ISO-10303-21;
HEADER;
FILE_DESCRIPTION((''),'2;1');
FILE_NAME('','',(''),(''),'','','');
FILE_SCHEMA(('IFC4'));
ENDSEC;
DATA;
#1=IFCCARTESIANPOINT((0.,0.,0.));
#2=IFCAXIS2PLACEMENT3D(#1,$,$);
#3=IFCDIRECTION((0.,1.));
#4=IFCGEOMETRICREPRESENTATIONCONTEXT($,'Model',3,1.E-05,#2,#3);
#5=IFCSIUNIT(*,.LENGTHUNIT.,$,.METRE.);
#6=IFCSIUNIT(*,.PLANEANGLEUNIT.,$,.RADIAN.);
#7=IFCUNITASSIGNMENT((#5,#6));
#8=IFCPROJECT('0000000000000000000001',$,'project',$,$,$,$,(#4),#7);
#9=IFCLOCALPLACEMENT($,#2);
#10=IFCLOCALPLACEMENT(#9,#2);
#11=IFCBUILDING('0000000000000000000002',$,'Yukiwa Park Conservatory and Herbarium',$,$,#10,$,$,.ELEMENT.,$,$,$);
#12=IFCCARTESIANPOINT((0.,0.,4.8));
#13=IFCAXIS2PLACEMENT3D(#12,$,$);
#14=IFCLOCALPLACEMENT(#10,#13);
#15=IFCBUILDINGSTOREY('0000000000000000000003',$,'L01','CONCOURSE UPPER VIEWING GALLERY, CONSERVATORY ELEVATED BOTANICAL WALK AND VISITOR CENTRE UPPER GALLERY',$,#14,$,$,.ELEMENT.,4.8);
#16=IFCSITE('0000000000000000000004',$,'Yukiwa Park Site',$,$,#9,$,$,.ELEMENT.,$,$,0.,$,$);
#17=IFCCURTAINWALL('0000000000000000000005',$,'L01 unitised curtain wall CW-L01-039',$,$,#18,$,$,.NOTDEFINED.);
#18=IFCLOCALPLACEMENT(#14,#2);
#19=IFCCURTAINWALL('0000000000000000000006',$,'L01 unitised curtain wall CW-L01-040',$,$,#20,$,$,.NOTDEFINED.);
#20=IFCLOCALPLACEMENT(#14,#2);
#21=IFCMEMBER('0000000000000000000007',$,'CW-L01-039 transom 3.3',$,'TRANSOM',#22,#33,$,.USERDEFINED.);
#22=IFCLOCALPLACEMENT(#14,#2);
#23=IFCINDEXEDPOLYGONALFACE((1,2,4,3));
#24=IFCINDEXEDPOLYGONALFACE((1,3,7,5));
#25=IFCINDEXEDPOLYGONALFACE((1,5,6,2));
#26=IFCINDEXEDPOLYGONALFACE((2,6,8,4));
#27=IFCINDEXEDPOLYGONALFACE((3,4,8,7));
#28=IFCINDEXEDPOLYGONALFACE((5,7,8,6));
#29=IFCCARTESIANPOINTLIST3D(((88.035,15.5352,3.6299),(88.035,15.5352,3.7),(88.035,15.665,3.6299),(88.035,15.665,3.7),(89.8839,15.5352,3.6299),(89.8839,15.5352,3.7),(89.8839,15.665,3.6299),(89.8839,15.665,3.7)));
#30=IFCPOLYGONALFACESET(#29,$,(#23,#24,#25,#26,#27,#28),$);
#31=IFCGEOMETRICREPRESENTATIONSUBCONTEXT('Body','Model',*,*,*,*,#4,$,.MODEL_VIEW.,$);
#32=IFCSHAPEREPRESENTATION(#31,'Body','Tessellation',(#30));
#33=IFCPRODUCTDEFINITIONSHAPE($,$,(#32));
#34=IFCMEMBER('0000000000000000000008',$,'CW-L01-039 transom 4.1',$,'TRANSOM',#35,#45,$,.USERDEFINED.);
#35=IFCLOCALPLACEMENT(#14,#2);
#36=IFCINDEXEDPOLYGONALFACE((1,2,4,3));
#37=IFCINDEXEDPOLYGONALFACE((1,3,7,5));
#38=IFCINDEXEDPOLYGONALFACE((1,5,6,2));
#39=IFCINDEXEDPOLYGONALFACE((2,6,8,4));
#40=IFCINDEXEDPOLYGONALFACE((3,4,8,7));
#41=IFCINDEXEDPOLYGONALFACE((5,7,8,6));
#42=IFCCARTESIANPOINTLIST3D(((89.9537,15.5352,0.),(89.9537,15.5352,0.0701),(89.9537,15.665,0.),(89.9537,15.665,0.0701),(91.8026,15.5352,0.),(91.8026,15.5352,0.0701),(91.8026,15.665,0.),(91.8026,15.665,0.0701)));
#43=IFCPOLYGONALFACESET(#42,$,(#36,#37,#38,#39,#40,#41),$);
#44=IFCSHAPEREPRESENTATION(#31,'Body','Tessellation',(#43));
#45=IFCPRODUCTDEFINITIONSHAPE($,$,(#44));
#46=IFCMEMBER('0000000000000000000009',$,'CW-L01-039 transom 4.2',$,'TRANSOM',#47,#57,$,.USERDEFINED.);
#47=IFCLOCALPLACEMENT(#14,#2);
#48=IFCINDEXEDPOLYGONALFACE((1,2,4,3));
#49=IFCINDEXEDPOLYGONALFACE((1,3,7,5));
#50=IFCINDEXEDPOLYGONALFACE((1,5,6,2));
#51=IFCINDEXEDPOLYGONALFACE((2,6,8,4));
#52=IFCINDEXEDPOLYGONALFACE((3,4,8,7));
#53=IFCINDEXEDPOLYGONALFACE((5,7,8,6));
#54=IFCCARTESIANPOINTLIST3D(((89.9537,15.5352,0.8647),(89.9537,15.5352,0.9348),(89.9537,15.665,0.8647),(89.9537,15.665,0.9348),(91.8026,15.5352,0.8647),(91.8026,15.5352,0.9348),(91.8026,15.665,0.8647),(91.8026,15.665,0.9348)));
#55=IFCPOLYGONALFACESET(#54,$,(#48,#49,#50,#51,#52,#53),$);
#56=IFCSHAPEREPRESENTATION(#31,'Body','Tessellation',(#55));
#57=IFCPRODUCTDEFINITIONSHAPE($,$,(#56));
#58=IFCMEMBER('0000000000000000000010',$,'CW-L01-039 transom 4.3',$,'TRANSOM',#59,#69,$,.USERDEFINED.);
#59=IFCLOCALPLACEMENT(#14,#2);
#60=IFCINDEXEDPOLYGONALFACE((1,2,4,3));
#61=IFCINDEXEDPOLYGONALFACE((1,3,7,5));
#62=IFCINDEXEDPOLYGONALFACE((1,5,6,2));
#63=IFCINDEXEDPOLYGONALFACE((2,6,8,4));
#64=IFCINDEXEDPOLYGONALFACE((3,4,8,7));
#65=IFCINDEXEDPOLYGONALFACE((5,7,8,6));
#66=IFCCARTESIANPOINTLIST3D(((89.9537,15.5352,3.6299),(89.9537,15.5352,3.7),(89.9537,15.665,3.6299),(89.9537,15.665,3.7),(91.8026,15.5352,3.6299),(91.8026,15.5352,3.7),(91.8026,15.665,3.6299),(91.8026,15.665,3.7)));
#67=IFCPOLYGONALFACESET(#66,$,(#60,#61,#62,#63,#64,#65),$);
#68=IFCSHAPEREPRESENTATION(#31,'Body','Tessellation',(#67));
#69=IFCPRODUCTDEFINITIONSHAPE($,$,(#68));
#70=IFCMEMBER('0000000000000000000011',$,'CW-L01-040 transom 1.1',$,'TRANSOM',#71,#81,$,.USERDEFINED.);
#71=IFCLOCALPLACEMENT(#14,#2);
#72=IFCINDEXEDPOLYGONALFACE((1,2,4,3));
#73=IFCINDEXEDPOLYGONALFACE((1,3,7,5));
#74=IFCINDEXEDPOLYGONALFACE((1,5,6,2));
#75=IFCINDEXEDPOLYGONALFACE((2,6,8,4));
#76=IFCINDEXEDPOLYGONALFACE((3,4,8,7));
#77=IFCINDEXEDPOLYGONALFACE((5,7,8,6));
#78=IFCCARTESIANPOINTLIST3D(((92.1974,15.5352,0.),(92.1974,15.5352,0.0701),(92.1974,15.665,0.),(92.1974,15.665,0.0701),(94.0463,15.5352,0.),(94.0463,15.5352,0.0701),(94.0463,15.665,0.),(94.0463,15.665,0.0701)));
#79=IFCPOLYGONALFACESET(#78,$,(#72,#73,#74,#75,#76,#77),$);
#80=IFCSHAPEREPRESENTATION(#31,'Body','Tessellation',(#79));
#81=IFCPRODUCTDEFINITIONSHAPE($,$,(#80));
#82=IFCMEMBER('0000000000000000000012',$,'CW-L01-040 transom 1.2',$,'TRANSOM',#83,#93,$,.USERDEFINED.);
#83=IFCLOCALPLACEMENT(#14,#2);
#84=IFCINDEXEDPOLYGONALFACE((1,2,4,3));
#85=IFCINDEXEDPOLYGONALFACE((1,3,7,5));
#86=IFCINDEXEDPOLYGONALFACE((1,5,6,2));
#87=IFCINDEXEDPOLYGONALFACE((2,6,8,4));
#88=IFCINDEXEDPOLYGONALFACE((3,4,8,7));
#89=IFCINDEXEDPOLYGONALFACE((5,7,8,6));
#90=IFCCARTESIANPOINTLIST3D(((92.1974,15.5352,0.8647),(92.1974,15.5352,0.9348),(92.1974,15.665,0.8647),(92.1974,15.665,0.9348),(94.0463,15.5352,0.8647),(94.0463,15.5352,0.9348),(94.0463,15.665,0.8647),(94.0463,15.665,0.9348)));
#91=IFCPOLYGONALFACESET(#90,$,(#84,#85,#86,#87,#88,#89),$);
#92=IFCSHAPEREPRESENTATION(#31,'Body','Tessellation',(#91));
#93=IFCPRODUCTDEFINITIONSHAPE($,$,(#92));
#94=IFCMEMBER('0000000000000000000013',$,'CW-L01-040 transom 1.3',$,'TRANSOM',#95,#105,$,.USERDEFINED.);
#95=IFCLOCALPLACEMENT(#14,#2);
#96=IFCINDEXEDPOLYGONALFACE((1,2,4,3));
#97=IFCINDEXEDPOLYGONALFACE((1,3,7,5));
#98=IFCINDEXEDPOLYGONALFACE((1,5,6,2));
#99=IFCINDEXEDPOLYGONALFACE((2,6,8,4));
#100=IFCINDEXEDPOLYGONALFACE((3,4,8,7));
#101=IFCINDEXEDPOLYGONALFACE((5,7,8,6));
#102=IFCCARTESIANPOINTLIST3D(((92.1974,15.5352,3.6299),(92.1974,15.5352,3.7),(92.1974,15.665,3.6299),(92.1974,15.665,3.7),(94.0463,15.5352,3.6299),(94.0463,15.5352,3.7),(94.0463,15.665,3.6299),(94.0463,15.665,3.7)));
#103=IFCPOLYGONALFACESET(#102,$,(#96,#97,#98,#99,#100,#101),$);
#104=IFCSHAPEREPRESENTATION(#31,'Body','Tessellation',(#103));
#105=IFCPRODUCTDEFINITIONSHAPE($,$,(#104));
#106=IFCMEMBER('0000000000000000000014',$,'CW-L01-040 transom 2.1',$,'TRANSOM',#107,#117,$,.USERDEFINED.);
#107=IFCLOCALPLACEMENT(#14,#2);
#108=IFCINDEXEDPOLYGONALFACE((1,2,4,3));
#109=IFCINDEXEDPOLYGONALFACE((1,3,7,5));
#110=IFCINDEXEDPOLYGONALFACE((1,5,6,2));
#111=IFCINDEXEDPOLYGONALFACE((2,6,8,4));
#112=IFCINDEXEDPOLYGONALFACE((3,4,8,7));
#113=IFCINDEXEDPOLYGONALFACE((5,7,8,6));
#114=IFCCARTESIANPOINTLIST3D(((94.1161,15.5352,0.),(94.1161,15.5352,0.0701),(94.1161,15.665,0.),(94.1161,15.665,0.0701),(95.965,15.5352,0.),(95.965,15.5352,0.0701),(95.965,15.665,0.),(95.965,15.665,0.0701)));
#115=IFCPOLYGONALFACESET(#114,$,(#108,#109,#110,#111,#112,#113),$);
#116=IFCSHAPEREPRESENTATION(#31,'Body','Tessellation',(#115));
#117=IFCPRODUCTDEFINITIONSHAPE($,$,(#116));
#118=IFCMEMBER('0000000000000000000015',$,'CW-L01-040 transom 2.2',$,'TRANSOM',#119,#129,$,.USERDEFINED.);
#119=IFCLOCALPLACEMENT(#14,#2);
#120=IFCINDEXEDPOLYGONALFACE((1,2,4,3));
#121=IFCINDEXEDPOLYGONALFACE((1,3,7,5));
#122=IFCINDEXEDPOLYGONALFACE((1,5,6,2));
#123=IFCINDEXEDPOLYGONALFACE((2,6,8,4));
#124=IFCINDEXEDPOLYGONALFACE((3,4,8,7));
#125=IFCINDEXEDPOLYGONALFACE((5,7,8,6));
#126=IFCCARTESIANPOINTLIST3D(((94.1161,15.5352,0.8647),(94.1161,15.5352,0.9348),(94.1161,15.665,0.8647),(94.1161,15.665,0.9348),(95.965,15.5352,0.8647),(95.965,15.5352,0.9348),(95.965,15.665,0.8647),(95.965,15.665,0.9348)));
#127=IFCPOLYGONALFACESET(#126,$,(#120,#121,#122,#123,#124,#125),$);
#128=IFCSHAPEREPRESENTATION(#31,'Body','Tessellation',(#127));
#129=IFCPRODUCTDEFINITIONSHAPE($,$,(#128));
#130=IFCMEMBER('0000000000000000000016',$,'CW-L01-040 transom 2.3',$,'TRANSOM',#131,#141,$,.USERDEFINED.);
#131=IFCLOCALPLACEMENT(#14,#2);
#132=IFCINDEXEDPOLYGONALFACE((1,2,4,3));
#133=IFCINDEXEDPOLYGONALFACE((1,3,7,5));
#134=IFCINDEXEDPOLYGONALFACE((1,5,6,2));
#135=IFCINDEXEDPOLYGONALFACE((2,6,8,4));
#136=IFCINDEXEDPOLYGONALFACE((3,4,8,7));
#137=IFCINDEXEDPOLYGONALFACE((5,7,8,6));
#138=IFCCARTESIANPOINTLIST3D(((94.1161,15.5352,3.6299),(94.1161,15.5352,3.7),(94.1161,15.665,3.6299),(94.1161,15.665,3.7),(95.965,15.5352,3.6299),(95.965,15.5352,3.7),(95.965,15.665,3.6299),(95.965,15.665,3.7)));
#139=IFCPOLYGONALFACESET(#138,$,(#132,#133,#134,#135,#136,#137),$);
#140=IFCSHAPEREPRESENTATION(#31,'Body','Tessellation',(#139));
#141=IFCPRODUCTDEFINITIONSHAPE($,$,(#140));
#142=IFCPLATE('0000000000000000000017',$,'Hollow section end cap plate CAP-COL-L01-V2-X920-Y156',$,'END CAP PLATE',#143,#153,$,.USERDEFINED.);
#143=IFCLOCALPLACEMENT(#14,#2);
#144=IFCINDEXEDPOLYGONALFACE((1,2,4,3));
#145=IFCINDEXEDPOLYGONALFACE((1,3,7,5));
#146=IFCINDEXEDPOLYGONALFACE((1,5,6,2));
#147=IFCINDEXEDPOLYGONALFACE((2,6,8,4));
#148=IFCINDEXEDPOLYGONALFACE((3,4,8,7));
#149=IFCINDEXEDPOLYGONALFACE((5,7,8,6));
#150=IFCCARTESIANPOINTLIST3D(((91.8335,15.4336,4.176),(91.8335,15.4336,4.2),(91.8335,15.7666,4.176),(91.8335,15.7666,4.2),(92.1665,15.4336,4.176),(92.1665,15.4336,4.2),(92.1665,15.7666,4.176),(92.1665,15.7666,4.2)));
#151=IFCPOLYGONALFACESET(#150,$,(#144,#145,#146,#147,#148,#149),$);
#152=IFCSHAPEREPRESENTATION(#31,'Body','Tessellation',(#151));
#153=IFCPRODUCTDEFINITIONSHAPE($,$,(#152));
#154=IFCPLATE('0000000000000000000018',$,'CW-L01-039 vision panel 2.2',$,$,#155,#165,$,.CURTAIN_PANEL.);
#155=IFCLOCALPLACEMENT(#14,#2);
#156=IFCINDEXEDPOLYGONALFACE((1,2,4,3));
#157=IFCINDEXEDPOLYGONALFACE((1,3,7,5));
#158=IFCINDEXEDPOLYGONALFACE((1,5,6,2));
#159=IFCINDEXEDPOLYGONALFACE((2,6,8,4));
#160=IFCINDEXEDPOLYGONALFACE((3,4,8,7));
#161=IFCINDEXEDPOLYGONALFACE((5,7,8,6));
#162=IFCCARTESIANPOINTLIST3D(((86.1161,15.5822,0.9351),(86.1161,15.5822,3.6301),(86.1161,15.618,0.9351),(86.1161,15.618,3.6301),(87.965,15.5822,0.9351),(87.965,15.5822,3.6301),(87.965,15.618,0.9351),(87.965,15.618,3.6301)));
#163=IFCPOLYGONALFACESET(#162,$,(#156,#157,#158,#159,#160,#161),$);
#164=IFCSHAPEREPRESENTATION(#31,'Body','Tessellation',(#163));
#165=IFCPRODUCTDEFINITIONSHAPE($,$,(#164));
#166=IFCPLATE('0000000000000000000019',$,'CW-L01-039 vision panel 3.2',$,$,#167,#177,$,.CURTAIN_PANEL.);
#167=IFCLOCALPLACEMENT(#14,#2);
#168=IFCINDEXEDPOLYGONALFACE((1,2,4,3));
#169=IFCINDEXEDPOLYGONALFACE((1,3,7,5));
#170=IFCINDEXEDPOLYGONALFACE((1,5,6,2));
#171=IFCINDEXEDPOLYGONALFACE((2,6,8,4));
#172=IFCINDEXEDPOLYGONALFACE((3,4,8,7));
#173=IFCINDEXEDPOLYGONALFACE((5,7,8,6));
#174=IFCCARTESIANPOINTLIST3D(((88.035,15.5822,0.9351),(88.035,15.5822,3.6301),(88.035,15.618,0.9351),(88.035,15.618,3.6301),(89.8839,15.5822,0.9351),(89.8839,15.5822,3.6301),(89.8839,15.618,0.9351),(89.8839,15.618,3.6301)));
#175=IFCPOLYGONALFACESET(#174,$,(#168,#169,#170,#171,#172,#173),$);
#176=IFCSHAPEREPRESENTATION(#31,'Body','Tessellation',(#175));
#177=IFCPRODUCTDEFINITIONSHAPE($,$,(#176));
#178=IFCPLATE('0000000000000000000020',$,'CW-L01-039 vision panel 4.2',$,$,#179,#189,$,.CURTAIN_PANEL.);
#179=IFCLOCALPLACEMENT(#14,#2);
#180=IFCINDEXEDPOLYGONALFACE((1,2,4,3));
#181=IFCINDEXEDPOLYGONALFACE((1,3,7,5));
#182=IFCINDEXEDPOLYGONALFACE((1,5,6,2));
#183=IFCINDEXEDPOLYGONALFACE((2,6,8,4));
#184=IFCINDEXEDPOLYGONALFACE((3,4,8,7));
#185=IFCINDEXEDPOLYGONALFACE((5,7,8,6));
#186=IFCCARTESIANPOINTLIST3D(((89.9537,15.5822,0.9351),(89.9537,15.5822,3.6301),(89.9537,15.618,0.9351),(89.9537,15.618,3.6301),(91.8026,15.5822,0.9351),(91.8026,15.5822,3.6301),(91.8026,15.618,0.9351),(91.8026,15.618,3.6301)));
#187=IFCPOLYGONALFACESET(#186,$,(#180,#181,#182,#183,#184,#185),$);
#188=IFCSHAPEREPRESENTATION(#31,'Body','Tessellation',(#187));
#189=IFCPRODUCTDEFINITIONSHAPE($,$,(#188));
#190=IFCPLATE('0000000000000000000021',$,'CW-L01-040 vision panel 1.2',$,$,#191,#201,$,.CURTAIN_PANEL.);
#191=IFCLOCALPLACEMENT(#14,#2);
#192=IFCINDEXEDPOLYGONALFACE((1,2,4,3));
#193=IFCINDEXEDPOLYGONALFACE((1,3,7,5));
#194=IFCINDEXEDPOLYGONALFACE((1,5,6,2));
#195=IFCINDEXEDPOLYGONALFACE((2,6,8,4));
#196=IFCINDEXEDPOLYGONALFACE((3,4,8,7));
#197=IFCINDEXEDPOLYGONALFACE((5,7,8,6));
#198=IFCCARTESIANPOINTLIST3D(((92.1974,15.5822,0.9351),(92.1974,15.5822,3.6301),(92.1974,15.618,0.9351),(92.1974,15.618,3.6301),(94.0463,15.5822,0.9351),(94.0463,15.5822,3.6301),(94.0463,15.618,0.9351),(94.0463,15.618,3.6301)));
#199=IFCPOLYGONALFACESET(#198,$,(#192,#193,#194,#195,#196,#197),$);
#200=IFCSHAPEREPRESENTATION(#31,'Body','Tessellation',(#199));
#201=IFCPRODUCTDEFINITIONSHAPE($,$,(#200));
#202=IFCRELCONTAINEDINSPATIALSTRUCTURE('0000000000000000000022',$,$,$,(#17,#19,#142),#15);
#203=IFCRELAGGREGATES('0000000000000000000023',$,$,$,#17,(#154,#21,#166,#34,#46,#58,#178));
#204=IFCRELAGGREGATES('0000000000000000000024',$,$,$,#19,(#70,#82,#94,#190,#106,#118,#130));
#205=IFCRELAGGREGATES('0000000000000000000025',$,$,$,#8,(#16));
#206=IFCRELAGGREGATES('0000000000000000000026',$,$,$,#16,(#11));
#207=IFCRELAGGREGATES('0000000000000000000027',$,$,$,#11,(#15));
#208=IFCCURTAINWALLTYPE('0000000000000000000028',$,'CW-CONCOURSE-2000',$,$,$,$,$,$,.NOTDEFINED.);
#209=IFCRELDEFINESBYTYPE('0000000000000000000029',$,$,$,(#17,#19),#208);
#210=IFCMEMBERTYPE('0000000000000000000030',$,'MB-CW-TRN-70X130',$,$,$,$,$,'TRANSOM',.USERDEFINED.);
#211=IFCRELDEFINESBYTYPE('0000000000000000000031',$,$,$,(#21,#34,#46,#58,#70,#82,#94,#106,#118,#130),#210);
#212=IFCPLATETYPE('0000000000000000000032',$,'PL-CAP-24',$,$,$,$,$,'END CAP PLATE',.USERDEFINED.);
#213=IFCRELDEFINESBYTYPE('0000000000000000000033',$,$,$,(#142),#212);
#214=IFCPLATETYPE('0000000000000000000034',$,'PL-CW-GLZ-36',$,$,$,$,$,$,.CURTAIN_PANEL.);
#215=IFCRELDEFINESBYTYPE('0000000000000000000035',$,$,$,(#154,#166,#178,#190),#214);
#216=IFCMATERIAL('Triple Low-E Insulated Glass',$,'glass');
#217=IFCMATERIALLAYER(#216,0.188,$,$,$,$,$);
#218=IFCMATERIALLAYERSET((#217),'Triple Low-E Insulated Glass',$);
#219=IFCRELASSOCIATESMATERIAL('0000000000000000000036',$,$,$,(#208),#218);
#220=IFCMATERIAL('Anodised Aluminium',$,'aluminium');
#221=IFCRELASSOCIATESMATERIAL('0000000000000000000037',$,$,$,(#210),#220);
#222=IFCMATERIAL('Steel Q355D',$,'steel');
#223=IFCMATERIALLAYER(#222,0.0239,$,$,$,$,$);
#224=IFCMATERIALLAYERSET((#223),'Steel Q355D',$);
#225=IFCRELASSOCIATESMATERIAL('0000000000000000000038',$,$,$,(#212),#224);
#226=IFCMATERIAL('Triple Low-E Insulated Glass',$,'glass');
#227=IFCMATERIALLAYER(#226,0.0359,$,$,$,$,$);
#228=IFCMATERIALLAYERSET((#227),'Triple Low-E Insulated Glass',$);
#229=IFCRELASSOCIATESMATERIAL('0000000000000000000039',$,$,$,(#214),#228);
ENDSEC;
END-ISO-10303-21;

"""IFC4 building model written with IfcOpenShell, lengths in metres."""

from ifc_helpers import new_model, si_unit, direction, frame, origin, origin_2d, place, context, subcontext, project, spatial, rectangle, extrude, material, layer, layer_set, type_object, element, aggregate, save


model = new_model("IFC4")

# Units and contexts
model_context = context("Model", 3, precision=1e-05, world=origin(), true_north=direction((0.0, 1.0)))
body_context = subcontext(model_context, "Body", "Model", "MODEL_VIEW")
ifc_project = project(units=[si_unit("LENGTHUNIT", "METRE"), si_unit("PLANEANGLEUNIT", "RADIAN")], contexts=[model_context])

# Site, building, storey
site_placement = place(None, origin())
site = spatial("IfcSite", under=ifc_project, at=site_placement, Name="Yukiwa Park Site", CompositionType="ELEMENT", RefElevation=0.0)
building_placement = place(site_placement, origin())
building = spatial("IfcBuilding", under=site, at=building_placement, Name="Yukiwa Park Conservatory and Herbarium", CompositionType="ELEMENT")
storey_placement = place(building_placement, frame((0.0, 0.0, 4.8)))
storey = spatial("IfcBuildingStorey", under=building, at=storey_placement, Name="L01", Description="CONCOURSE UPPER VIEWING GALLERY, CONSERVATORY ELEVATED BOTANICAL WALK AND VISITOR CENTRE UPPER GALLERY", CompositionType="ELEMENT", Elevation=4.8)

# Curtain walls
ifc_material_1 = material(Name="Triple Low-E Insulated Glass", Category="glass")
ifc_layer_1 = layer(ifc_material_1, 0.188)
ifc_layer_set_1 = layer_set([ifc_layer_1], Name="Triple Low-E Insulated Glass")
curtain_wall_type = type_object("IfcCurtainWallType", Name="CW-CONCOURSE-2000", PredefinedType="NOTDEFINED", material=ifc_layer_set_1)
curtain_wall_1_placement = place(storey_placement, origin())
curtain_wall_1 = element("IfcCurtainWall", 1, at=curtain_wall_1_placement, inside=storey, type_object=curtain_wall_type, Name="L01 unitised curtain wall CW-L01-039", PredefinedType="NOTDEFINED")
curtain_wall_2_placement = place(storey_placement, origin())
curtain_wall_2 = element("IfcCurtainWall", 2, at=curtain_wall_2_placement, inside=storey, type_object=curtain_wall_type, Name="L01 unitised curtain wall CW-L01-040", PredefinedType="NOTDEFINED")

# Members
ifc_material_2 = material(Name="Anodised Aluminium", Category="aluminium")
member_type_1 = type_object("IfcMemberType", Name="MB-CW-TRN-70X130", ElementType="TRANSOM", PredefinedType="USERDEFINED", material=ifc_material_2)
member_1_placement = place(storey_placement, frame((88.9595, 15.6001, 3.6299), z_axis=(0.0, 0.0, 1.0), x_axis=(1.0, 0.0, 0.0)))
member_1 = element("IfcMember", 3, at=member_1_placement, type_object=member_type_1, Name="CW-L01-039 transom 3.3", ObjectType="TRANSOM", PredefinedType="USERDEFINED", context=body_context, shape_type="SweptSolid", body=[
    extrude(rectangle(XDim=1.8489, YDim=0.1299, at=origin_2d()), origin(), (0.0, 0.0, 1.0), 0.0701),
])
member_2_placement = place(storey_placement, frame((90.8782, 15.6001, 0.0), z_axis=(0.0, 0.0, 1.0), x_axis=(1.0, 0.0, 0.0)))
member_2 = element("IfcMember", 4, at=member_2_placement, type_object=member_type_1, Name="CW-L01-039 transom 4.1", ObjectType="TRANSOM", PredefinedType="USERDEFINED", context=body_context, shape_type="SweptSolid", body=[
    extrude(rectangle(XDim=1.8489, YDim=0.1299, at=origin_2d()), origin(), (0.0, 0.0, 1.0), 0.0701),
])
member_3_placement = place(storey_placement, frame((90.8782, 15.6001, 0.8647), z_axis=(0.0, 0.0, 1.0), x_axis=(1.0, 0.0, 0.0)))
member_3 = element("IfcMember", 5, at=member_3_placement, type_object=member_type_1, Name="CW-L01-039 transom 4.2", ObjectType="TRANSOM", PredefinedType="USERDEFINED", context=body_context, shape_type="SweptSolid", body=[
    extrude(rectangle(XDim=1.8489, YDim=0.1299, at=origin_2d()), origin(), (0.0, 0.0, 1.0), 0.0701),
])
member_4_placement = place(storey_placement, frame((90.8782, 15.6001, 3.6299), z_axis=(0.0, 0.0, 1.0), x_axis=(1.0, 0.0, 0.0)))
member_4 = element("IfcMember", 6, at=member_4_placement, type_object=member_type_1, Name="CW-L01-039 transom 4.3", ObjectType="TRANSOM", PredefinedType="USERDEFINED", context=body_context, shape_type="SweptSolid", body=[
    extrude(rectangle(XDim=1.8489, YDim=0.1299, at=origin_2d()), origin(), (0.0, 0.0, 1.0), 0.0701),
])
member_5_placement = place(storey_placement, frame((93.1218, 15.6001, 0.0), z_axis=(0.0, 0.0, 1.0), x_axis=(1.0, 0.0, 0.0)))
member_5 = element("IfcMember", 7, at=member_5_placement, type_object=member_type_1, Name="CW-L01-040 transom 1.1", ObjectType="TRANSOM", PredefinedType="USERDEFINED", context=body_context, shape_type="SweptSolid", body=[
    extrude(rectangle(XDim=1.8489, YDim=0.1299, at=origin_2d()), origin(), (0.0, 0.0, 1.0), 0.0701),
])
member_6_placement = place(storey_placement, frame((93.1218, 15.6001, 0.8647), z_axis=(0.0, 0.0, 1.0), x_axis=(1.0, 0.0, 0.0)))
member_6 = element("IfcMember", 8, at=member_6_placement, type_object=member_type_1, Name="CW-L01-040 transom 1.2", ObjectType="TRANSOM", PredefinedType="USERDEFINED", context=body_context, shape_type="SweptSolid", body=[
    extrude(rectangle(XDim=1.8489, YDim=0.1299, at=origin_2d()), origin(), (0.0, 0.0, 1.0), 0.0701),
])
member_7_placement = place(storey_placement, frame((93.1218, 15.6001, 3.6299), z_axis=(0.0, 0.0, 1.0), x_axis=(1.0, 0.0, 0.0)))
member_7 = element("IfcMember", 9, at=member_7_placement, type_object=member_type_1, Name="CW-L01-040 transom 1.3", ObjectType="TRANSOM", PredefinedType="USERDEFINED", context=body_context, shape_type="SweptSolid", body=[
    extrude(rectangle(XDim=1.8489, YDim=0.1299, at=origin_2d()), origin(), (0.0, 0.0, 1.0), 0.0701),
])
member_8_placement = place(storey_placement, frame((95.0405, 15.6001, 0.0), z_axis=(0.0, 0.0, 1.0), x_axis=(1.0, 0.0, 0.0)))
member_8 = element("IfcMember", 10, at=member_8_placement, type_object=member_type_1, Name="CW-L01-040 transom 2.1", ObjectType="TRANSOM", PredefinedType="USERDEFINED", context=body_context, shape_type="SweptSolid", body=[
    extrude(rectangle(XDim=1.8489, YDim=0.1299, at=origin_2d()), origin(), (0.0, 0.0, 1.0), 0.0701),
])
member_9_placement = place(storey_placement, frame((95.0405, 15.6001, 0.8647), z_axis=(0.0, 0.0, 1.0), x_axis=(1.0, 0.0, 0.0)))
member_9 = element("IfcMember", 11, at=member_9_placement, type_object=member_type_1, Name="CW-L01-040 transom 2.2", ObjectType="TRANSOM", PredefinedType="USERDEFINED", context=body_context, shape_type="SweptSolid", body=[
    extrude(rectangle(XDim=1.8489, YDim=0.1299, at=origin_2d()), origin(), (0.0, 0.0, 1.0), 0.0701),
])
member_10_placement = place(storey_placement, frame((95.0405, 15.6001, 3.6299), z_axis=(0.0, 0.0, 1.0), x_axis=(1.0, 0.0, 0.0)))
member_10 = element("IfcMember", 12, at=member_10_placement, type_object=member_type_1, Name="CW-L01-040 transom 2.3", ObjectType="TRANSOM", PredefinedType="USERDEFINED", context=body_context, shape_type="SweptSolid", body=[
    extrude(rectangle(XDim=1.8489, YDim=0.1299, at=origin_2d()), origin(), (0.0, 0.0, 1.0), 0.0701),
])

# Plates
ifc_material_3 = material(Name="Steel Q355D", Category="steel")
ifc_layer_2 = layer(ifc_material_3, 0.0239)
ifc_layer_set_2 = layer_set([ifc_layer_2], Name="Steel Q355D")
plate_type_1 = type_object("IfcPlateType", Name="PL-CAP-24", ElementType="END CAP PLATE", PredefinedType="USERDEFINED", material=ifc_layer_set_2)
plate_1_placement = place(storey_placement, frame((92.0, 15.6001, 4.176), z_axis=(0.0, 0.0, 1.0), x_axis=(1.0, 0.0, 0.0)))
element("IfcPlate", 13, at=plate_1_placement, inside=storey, type_object=plate_type_1, Name="Hollow section end cap plate CAP-COL-L01-V2-X920-Y156", ObjectType="END CAP PLATE", PredefinedType="USERDEFINED", context=body_context, shape_type="SweptSolid", body=[
    extrude(rectangle(XDim=0.333, YDim=0.333, at=origin_2d()), origin(), (0.0, 0.0, 1.0), 0.0239),
])
ifc_material_4 = material(Name="Triple Low-E Insulated Glass", Category="glass")
ifc_layer_3 = layer(ifc_material_4, 0.0359)
ifc_layer_set_3 = layer_set([ifc_layer_3], Name="Triple Low-E Insulated Glass")
plate_type_2 = type_object("IfcPlateType", Name="PL-CW-GLZ-36", PredefinedType="CURTAIN_PANEL", material=ifc_layer_set_3)
plate_2_placement = place(storey_placement, frame((87.0405, 15.6001, 0.9351), z_axis=(0.0, 0.0, 1.0), x_axis=(1.0, 0.0, 0.0)))
plate_2 = element("IfcPlate", 14, at=plate_2_placement, type_object=plate_type_2, Name="CW-L01-039 vision panel 2.2", PredefinedType="CURTAIN_PANEL", context=body_context, shape_type="SweptSolid", body=[
    extrude(rectangle(XDim=1.8489, YDim=0.0359, at=origin_2d()), origin(), (0.0, 0.0, 1.0), 2.6951),
])
plate_3_placement = place(storey_placement, frame((88.9595, 15.6001, 0.9351), z_axis=(0.0, 0.0, 1.0), x_axis=(1.0, 0.0, 0.0)))
plate_3 = element("IfcPlate", 15, at=plate_3_placement, type_object=plate_type_2, Name="CW-L01-039 vision panel 3.2", PredefinedType="CURTAIN_PANEL", context=body_context, shape_type="SweptSolid", body=[
    extrude(rectangle(XDim=1.8489, YDim=0.0359, at=origin_2d()), origin(), (0.0, 0.0, 1.0), 2.6951),
])
plate_4_placement = place(storey_placement, frame((90.8782, 15.6001, 0.9351), z_axis=(0.0, 0.0, 1.0), x_axis=(1.0, 0.0, 0.0)))
plate_4 = element("IfcPlate", 16, at=plate_4_placement, type_object=plate_type_2, Name="CW-L01-039 vision panel 4.2", PredefinedType="CURTAIN_PANEL", context=body_context, shape_type="SweptSolid", body=[
    extrude(rectangle(XDim=1.8489, YDim=0.0359, at=origin_2d()), origin(), (0.0, 0.0, 1.0), 2.6951),
])
plate_5_placement = place(storey_placement, frame((93.1218, 15.6001, 0.9351), z_axis=(0.0, 0.0, 1.0), x_axis=(1.0, 0.0, 0.0)))
plate_5 = element("IfcPlate", 17, at=plate_5_placement, type_object=plate_type_2, Name="CW-L01-040 vision panel 1.2", PredefinedType="CURTAIN_PANEL", context=body_context, shape_type="SweptSolid", body=[
    extrude(rectangle(XDim=1.8489, YDim=0.0359, at=origin_2d()), origin(), (0.0, 0.0, 1.0), 2.6951),
])
aggregate(curtain_wall_1, [plate_2, member_1, plate_3, member_2, member_3, member_4, plate_4])
aggregate(curtain_wall_2, [member_5, member_6, member_7, plate_5, member_8, member_9, member_10])

save(model, "model.ifc")
